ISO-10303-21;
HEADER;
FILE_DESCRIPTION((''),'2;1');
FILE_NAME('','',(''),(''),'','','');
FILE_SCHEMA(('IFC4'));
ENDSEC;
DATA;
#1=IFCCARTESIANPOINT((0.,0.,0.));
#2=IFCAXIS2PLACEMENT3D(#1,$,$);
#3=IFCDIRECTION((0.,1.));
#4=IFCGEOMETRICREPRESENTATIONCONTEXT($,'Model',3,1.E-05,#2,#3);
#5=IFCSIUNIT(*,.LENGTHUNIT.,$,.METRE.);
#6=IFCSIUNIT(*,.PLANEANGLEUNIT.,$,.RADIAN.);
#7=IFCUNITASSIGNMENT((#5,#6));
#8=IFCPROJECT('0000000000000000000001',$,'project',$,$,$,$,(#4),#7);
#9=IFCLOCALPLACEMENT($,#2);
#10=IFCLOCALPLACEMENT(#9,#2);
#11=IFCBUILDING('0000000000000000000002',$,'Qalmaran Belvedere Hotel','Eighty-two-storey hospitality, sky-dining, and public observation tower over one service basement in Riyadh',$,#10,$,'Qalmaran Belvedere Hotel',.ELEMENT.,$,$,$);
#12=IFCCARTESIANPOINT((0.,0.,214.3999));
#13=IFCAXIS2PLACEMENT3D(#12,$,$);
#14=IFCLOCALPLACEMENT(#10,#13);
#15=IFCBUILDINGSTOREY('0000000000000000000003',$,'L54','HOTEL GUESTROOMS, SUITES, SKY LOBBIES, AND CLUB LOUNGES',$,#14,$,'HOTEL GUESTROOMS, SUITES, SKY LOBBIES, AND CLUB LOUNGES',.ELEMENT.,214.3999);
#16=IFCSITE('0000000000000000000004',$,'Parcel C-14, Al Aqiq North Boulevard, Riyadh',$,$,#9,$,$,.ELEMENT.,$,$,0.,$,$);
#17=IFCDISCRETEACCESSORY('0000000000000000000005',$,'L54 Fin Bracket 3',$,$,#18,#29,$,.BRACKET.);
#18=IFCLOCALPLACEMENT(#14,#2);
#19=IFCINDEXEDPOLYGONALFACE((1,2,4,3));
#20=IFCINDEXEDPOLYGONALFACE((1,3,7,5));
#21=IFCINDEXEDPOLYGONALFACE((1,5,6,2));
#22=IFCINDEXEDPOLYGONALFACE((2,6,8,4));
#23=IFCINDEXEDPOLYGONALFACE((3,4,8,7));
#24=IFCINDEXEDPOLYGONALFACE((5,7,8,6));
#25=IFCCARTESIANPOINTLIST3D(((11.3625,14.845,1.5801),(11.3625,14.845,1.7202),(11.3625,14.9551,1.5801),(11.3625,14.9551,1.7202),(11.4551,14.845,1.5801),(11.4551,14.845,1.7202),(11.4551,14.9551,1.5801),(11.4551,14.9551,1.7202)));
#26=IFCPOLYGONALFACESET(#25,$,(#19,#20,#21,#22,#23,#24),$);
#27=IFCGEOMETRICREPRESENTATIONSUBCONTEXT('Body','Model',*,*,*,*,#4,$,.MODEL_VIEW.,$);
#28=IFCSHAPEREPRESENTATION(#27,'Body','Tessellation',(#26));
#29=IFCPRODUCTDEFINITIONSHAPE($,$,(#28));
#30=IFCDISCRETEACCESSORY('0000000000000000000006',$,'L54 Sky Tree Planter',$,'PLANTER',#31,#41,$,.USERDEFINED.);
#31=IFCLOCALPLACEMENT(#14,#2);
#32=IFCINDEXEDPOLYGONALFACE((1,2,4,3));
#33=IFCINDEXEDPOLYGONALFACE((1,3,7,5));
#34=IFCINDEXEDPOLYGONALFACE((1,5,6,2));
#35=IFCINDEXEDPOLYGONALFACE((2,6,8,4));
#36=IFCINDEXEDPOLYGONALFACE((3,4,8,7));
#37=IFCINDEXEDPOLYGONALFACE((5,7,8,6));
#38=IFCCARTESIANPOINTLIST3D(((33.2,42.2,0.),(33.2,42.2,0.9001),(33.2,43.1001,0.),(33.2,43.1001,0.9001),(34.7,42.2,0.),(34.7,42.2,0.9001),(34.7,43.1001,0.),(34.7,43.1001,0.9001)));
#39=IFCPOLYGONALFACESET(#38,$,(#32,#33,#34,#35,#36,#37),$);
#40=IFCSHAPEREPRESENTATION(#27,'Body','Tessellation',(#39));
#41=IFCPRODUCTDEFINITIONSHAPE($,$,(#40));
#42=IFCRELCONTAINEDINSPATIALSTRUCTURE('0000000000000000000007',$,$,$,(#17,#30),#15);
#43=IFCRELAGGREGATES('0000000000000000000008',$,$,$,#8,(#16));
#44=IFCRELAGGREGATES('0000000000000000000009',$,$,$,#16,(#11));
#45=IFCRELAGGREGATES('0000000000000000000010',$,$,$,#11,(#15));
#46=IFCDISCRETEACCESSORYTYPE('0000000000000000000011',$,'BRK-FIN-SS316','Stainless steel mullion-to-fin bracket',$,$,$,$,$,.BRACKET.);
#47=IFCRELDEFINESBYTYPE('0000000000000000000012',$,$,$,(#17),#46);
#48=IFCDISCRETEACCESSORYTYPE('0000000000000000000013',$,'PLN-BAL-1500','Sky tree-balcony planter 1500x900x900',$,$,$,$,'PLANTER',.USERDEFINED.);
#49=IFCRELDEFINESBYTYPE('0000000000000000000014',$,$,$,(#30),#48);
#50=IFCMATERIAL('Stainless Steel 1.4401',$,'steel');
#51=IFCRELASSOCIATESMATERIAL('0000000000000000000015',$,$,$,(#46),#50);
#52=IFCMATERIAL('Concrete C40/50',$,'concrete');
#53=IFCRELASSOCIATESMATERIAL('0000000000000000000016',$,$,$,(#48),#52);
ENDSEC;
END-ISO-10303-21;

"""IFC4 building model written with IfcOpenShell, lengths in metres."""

from ifc_helpers import new_model, si_unit, direction, frame, origin, place, context, subcontext, project, spatial, polyline, outline, extrude, material, type_object, element, save


model = new_model("IFC4")

# Units and contexts
model_context = context("Model", 3, precision=1e-05, world=origin(), true_north=direction((0.0, 1.0)))
body_context = subcontext(model_context, "Body", "Model", "MODEL_VIEW")
ifc_project = project(units=[si_unit("LENGTHUNIT", "METRE"), si_unit("PLANEANGLEUNIT", "RADIAN")], contexts=[model_context])

# Site, building, storey
site_placement = place(None, origin())
site = spatial("IfcSite", under=ifc_project, at=site_placement, Name="Parcel C-14, Al Aqiq North Boulevard, Riyadh", CompositionType="ELEMENT", RefElevation=0.0)
building_placement = place(site_placement, origin())
building = spatial("IfcBuilding", under=site, at=building_placement, Name="Qalmaran Belvedere Hotel", Description="Eighty-two-storey hospitality, sky-dining, and public observation tower over one service basement in Riyadh", LongName="Qalmaran Belvedere Hotel", CompositionType="ELEMENT")
storey_placement = place(building_placement, frame((0.0, 0.0, 214.3999)))
storey = spatial("IfcBuildingStorey", under=building, at=storey_placement, Name="L54", Description="HOTEL GUESTROOMS, SUITES, SKY LOBBIES, AND CLUB LOUNGES", LongName="HOTEL GUESTROOMS, SUITES, SKY LOBBIES, AND CLUB LOUNGES", CompositionType="ELEMENT", Elevation=214.3999)

# Shared definitions
ifc_material_1 = material(Name="Concrete C40/50", Category="concrete")

# Discrete accessories
ifc_material_2 = material(Name="Stainless Steel 1.4401", Category="steel")
discrete_accessory_type_1 = type_object("IfcDiscreteAccessoryType", Name="BRK-FIN-SS316", Description="Stainless steel mullion-to-fin bracket", PredefinedType="BRACKET", material=ifc_material_2)
discrete_accessory_1_placement = place(storey_placement, frame((0.0, 0.0, 1.5801)))
element("IfcDiscreteAccessory", 1, at=discrete_accessory_1_placement, inside=storey, type_object=discrete_accessory_type_1, Name="L54 Fin Bracket 3", PredefinedType="BRACKET", context=body_context, shape_type="SweptSolid", body=[
    extrude(outline(polyline([(11.4551, 14.9551), (11.3625, 14.9551), (11.3625, 14.845), (11.4551, 14.845), (11.4551, 14.9551)])), origin(), (0.0, 0.0, 1.0), 0.1401),
])
discrete_accessory_type_2 = type_object("IfcDiscreteAccessoryType", Name="PLN-BAL-1500", Description="Sky tree-balcony planter 1500x900x900", ElementType="PLANTER", PredefinedType="USERDEFINED", material=ifc_material_1)
discrete_accessory_2_placement = place(storey_placement, origin())
element("IfcDiscreteAccessory", 2, at=discrete_accessory_2_placement, inside=storey, type_object=discrete_accessory_type_2, Name="L54 Sky Tree Planter", ObjectType="PLANTER", PredefinedType="USERDEFINED", context=body_context, shape_type="SweptSolid", body=[
    extrude(outline(polyline([(33.2, 42.2), (34.7, 42.2), (34.7, 43.1001), (33.2, 43.1001), (33.2, 42.2)])), origin(), (0.0, 0.0, 1.0), 0.9001),
])

save(model, "model.ifc")
